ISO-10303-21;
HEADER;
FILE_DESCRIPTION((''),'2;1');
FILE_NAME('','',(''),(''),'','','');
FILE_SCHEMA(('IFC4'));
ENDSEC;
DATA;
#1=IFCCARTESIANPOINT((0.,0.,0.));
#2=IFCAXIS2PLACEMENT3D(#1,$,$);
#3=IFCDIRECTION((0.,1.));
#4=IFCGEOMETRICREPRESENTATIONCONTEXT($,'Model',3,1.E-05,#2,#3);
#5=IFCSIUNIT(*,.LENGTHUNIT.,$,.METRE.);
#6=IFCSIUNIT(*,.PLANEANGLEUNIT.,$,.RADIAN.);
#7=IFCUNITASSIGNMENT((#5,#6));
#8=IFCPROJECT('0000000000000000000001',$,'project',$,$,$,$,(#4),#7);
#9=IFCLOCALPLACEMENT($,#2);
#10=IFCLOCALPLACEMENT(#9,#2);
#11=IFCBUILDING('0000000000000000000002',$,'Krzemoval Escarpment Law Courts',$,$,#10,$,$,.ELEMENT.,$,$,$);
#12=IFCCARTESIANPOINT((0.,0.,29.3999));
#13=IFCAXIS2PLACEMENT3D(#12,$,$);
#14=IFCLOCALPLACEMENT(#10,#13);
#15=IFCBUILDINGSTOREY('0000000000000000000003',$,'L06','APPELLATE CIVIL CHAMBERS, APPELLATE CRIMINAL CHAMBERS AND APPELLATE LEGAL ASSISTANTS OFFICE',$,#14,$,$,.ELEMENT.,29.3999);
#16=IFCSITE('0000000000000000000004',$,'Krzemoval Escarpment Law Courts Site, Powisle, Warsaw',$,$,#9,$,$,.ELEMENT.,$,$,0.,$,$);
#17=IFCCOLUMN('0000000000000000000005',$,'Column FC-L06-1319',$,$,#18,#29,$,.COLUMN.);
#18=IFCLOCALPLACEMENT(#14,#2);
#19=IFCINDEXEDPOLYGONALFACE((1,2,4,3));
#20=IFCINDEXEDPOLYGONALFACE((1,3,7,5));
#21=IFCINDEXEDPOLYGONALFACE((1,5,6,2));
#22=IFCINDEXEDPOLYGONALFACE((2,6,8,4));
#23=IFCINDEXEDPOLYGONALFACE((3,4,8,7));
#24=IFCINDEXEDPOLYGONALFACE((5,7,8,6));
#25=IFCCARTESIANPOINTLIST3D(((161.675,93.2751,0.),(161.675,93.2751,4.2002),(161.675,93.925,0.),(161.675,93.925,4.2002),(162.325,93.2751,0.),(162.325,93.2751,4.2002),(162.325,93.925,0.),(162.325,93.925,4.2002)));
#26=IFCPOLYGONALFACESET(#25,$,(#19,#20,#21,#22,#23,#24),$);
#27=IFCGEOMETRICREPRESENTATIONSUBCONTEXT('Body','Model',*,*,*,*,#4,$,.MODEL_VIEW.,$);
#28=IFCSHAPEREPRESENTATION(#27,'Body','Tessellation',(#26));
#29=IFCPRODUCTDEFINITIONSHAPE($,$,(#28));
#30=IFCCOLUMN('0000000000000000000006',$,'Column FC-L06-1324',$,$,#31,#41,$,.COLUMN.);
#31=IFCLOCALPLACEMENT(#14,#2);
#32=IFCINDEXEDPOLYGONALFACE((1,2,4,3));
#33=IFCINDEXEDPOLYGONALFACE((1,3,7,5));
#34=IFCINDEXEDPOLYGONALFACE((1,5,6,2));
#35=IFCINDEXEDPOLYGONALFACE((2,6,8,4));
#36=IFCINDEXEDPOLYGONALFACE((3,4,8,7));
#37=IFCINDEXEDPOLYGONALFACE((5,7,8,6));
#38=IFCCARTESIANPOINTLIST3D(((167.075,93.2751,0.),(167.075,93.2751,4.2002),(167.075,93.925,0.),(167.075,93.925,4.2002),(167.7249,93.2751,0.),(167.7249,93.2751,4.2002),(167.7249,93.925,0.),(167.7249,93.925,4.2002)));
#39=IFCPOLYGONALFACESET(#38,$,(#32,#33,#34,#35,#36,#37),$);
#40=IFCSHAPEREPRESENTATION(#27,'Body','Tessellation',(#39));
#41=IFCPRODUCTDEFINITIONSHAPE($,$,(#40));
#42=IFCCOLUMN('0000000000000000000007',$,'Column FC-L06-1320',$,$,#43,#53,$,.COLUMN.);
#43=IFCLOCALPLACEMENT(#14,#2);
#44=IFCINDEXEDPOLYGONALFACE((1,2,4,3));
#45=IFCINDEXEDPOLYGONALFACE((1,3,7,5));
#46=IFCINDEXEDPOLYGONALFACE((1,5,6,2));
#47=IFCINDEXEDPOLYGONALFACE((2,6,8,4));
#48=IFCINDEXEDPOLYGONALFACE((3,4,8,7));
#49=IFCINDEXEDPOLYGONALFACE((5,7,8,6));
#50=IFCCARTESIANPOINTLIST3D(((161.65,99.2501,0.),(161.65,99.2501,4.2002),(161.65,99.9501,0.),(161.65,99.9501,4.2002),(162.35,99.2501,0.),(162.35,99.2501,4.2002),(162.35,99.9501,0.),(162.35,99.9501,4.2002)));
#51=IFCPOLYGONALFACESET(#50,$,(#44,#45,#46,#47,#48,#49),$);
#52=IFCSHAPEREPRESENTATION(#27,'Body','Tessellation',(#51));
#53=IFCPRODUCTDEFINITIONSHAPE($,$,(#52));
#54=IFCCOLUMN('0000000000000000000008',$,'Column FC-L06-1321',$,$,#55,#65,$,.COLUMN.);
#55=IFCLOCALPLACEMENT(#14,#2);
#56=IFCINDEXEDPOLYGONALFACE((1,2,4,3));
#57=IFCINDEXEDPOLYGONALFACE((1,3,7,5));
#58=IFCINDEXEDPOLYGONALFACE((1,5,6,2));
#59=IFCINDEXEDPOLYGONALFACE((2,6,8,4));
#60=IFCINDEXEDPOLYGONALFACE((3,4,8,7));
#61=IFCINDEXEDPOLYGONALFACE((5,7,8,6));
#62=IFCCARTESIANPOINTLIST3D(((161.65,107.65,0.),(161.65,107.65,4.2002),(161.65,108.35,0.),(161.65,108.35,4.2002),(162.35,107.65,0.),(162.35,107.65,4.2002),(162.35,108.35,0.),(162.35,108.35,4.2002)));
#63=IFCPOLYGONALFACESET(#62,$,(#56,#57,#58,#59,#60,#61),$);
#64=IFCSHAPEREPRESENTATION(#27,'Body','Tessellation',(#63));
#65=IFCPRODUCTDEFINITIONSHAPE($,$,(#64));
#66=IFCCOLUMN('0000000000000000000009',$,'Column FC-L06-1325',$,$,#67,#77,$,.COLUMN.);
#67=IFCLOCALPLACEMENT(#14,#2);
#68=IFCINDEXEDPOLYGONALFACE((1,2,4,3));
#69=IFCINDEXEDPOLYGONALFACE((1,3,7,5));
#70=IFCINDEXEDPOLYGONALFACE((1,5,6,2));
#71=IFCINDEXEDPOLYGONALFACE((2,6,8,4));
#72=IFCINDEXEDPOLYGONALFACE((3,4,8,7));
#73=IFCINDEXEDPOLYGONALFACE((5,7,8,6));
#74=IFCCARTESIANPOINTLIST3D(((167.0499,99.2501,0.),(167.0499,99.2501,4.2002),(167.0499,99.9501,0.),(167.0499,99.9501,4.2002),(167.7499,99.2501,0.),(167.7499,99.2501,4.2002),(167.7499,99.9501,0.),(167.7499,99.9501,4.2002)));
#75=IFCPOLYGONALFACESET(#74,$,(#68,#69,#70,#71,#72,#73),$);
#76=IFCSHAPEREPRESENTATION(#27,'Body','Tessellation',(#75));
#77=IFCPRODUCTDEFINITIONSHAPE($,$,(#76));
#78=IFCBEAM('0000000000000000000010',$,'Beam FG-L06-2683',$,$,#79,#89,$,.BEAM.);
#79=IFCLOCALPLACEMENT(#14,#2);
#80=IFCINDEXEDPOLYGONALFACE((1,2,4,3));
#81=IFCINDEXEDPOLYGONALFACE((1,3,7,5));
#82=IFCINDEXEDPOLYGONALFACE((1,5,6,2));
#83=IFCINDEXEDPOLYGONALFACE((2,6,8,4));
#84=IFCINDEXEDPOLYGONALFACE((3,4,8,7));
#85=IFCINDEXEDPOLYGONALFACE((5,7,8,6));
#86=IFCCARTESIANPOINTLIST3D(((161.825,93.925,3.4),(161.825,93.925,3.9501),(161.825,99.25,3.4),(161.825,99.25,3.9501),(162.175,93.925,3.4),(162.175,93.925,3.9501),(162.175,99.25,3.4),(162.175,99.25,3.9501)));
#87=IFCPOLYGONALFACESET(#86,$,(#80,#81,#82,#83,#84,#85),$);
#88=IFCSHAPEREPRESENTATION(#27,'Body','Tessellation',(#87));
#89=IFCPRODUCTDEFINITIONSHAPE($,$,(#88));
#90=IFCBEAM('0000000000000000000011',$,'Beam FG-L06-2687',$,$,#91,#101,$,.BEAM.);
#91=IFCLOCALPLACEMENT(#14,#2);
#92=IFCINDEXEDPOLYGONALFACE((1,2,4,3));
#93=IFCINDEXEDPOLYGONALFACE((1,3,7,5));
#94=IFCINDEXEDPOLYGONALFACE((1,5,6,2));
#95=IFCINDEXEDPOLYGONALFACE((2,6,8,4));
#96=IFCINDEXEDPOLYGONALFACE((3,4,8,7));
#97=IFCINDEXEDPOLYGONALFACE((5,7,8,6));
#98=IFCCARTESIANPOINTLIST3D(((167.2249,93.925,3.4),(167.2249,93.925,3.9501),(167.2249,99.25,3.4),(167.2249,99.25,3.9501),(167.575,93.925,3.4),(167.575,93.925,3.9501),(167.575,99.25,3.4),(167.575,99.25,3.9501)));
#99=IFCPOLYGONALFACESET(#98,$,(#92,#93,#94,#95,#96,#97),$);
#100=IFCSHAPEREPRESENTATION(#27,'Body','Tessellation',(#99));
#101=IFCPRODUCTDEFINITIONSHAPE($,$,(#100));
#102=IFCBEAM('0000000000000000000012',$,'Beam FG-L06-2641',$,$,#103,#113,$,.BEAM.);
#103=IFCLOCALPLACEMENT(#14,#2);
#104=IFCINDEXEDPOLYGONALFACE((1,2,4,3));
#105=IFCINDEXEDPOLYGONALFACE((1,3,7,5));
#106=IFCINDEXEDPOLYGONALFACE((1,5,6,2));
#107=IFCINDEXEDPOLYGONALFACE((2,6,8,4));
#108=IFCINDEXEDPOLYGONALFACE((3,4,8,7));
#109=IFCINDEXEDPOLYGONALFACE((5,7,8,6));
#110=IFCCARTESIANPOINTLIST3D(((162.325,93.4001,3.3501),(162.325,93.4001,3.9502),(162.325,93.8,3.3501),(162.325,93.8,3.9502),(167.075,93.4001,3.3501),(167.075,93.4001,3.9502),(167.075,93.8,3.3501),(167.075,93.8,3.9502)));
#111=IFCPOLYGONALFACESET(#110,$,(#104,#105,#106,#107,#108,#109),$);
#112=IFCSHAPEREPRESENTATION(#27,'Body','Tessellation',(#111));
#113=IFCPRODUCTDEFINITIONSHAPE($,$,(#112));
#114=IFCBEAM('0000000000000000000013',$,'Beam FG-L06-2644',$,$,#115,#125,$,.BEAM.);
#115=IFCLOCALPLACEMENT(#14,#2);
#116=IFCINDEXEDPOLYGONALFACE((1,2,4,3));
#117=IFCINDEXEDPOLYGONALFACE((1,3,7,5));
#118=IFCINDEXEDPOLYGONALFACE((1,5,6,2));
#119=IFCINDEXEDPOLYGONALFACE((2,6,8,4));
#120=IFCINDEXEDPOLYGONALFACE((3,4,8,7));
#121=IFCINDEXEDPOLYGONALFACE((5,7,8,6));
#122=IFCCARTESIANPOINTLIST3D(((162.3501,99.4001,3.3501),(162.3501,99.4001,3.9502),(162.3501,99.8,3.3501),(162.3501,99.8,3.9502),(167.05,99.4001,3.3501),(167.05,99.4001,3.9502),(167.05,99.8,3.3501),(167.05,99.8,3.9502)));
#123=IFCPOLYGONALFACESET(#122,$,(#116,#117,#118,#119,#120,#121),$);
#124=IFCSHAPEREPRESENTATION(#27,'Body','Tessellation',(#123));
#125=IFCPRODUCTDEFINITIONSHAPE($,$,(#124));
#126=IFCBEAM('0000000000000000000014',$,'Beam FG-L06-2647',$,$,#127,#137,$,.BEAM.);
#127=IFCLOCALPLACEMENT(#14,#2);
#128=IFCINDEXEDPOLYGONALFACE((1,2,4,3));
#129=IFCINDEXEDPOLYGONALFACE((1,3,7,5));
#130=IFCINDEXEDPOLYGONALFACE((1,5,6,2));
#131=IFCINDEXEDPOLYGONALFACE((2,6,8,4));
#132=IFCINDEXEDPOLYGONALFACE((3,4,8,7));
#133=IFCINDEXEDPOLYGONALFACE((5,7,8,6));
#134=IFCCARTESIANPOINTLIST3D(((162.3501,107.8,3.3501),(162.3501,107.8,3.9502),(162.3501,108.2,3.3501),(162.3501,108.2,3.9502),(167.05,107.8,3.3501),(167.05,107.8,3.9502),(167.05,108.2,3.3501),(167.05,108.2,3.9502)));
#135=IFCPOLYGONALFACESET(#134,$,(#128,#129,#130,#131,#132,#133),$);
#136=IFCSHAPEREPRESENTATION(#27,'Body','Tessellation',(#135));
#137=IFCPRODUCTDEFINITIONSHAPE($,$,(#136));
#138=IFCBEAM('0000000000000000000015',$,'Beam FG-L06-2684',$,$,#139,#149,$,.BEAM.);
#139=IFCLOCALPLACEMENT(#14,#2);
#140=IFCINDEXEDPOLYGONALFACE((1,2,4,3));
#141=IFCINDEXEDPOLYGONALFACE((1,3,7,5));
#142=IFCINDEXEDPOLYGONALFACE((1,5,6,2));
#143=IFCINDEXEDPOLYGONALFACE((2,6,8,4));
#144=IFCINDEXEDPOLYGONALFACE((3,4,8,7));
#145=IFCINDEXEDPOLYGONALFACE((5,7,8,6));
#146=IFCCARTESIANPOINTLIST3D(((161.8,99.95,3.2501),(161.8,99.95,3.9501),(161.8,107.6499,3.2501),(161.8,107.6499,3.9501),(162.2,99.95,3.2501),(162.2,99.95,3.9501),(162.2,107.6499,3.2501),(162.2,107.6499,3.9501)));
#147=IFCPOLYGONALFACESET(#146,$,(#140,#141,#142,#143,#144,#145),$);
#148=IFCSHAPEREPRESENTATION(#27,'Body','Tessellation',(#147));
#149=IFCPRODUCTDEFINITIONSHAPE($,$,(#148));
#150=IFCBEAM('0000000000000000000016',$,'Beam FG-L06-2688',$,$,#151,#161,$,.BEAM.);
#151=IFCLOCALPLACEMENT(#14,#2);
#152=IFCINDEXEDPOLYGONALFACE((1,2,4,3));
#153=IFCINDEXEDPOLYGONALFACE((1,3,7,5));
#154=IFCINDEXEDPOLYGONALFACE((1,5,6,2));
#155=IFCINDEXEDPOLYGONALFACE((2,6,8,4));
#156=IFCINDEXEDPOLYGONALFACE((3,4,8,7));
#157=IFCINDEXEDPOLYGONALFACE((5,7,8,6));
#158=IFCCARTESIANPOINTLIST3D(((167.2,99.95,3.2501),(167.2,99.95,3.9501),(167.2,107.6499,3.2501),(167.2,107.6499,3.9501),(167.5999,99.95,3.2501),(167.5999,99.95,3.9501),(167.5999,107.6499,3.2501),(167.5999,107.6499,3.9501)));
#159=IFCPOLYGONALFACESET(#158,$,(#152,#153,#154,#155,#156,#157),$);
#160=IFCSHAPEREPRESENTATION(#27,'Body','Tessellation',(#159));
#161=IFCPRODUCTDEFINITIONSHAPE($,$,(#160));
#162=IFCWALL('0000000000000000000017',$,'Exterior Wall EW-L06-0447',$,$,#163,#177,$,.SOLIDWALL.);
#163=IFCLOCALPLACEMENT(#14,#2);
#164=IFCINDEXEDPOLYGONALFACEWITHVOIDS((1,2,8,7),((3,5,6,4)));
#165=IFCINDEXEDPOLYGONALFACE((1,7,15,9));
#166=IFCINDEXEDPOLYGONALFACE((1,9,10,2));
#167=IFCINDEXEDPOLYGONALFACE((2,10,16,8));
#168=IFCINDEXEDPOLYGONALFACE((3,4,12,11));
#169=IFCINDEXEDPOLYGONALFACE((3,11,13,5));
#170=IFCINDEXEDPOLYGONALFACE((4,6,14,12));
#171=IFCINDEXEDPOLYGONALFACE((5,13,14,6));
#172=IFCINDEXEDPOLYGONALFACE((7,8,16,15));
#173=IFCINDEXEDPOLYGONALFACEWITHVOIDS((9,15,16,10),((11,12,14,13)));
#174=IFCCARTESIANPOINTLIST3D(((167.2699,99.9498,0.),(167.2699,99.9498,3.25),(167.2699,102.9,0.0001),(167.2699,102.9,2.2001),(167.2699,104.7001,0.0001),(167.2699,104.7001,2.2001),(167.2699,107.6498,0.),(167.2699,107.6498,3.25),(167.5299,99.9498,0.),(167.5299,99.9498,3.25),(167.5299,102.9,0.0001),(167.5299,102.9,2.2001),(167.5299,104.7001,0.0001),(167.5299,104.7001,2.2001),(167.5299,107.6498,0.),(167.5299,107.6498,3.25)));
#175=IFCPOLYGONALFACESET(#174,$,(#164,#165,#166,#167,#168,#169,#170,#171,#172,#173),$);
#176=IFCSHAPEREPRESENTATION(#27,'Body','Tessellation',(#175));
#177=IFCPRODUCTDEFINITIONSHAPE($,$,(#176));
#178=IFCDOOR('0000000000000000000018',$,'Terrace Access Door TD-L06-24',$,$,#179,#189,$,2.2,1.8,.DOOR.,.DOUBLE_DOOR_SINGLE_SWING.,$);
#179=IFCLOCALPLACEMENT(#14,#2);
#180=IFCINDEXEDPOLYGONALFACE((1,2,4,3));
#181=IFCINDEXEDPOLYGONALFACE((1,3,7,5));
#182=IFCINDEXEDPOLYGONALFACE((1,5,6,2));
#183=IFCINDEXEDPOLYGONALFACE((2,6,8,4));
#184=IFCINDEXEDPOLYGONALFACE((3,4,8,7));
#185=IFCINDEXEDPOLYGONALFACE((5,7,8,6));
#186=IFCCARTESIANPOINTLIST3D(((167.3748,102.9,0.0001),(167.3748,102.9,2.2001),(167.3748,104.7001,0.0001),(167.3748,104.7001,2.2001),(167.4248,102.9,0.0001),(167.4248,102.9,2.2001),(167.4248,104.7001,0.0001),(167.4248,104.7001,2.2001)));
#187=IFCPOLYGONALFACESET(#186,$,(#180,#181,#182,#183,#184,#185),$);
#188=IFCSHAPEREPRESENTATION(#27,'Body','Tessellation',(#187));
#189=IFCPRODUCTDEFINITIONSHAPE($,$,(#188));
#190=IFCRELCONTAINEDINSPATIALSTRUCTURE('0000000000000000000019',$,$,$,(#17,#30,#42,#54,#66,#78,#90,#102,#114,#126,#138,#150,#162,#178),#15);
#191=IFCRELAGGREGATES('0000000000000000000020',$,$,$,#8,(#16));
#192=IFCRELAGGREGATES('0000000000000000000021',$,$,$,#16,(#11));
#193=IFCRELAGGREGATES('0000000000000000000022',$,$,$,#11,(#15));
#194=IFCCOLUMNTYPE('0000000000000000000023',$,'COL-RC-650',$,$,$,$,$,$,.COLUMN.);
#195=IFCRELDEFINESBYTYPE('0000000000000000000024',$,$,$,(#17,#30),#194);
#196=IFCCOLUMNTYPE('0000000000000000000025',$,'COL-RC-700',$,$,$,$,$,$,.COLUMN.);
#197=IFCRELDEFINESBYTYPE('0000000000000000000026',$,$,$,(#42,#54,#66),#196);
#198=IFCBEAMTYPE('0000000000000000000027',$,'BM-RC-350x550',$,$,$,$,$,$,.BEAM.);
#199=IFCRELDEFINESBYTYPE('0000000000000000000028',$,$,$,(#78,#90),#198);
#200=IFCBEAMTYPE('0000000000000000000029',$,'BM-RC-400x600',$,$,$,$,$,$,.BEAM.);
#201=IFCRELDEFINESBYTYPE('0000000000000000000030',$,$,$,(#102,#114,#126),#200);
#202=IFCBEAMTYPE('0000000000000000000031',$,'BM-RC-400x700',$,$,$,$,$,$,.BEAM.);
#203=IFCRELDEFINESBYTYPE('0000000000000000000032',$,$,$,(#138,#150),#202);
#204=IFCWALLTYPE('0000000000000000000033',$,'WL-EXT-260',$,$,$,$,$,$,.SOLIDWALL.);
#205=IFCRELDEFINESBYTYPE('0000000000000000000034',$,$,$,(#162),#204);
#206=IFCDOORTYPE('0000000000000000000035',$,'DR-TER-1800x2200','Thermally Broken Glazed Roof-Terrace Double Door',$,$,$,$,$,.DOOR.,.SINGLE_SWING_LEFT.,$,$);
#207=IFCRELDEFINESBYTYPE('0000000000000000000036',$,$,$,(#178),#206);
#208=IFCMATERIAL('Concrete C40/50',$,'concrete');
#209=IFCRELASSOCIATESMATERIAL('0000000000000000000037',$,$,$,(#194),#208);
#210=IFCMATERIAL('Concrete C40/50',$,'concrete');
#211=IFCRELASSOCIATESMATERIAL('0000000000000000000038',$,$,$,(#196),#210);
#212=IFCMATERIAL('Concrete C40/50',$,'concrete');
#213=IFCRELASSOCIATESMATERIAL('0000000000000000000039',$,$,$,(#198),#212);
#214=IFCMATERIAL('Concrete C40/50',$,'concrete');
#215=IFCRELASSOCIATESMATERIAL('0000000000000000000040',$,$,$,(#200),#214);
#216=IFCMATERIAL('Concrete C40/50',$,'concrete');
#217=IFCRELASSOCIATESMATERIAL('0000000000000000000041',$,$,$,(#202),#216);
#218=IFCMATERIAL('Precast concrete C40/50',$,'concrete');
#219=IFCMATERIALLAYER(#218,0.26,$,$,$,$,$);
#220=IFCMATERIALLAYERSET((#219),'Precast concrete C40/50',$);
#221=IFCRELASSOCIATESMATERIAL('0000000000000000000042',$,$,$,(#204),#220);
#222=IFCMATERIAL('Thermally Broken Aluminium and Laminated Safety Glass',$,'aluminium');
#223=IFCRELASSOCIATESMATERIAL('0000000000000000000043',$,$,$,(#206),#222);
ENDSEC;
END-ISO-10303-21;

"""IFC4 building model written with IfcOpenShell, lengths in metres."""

from ifc_helpers import new_model, si_unit, direction, frame, frame_2d, origin, origin_2d, place, context, subcontext, project, spatial, rectangle, extrude, material, layer, layer_set, material_profile, profile_set, type_object, element, fill, save


model = new_model("IFC4")

# Units and contexts
model_context = context("Model", 3, precision=1e-05, world=origin(), true_north=direction((0.0, 1.0)))
body_context = subcontext(model_context, "Body", "Model", "MODEL_VIEW")
ifc_project = project(units=[si_unit("LENGTHUNIT", "METRE"), si_unit("PLANEANGLEUNIT", "RADIAN")], contexts=[model_context])

# Site, building, storey
site_placement = place(None, origin())
site = spatial("IfcSite", under=ifc_project, at=site_placement, Name="Krzemoval Escarpment Law Courts Site, Powisle, Warsaw", CompositionType="ELEMENT", RefElevation=0.0)
building_placement = place(site_placement, origin())
building = spatial("IfcBuilding", under=site, at=building_placement, Name="Krzemoval Escarpment Law Courts", CompositionType="ELEMENT")
storey_placement = place(building_placement, frame((0.0, 0.0, 29.3999)))
storey = spatial("IfcBuildingStorey", under=building, at=storey_placement, Name="L06", Description="APPELLATE CIVIL CHAMBERS, APPELLATE CRIMINAL CHAMBERS AND APPELLATE LEGAL ASSISTANTS OFFICE", CompositionType="ELEMENT", Elevation=29.3999)

# Columns
ifc_material_1 = material(Name="Concrete C40/50", Category="concrete")
ifc_material_profile_1 = material_profile(ifc_material_1, rectangle(XDim=0.6499, YDim=0.6499, at=origin_2d()), Name="RC 650x650")
ifc_profile_set_1 = profile_set([ifc_material_profile_1], Name="Concrete C40/50")
column_type_1 = type_object("IfcColumnType", Name="COL-RC-650", PredefinedType="COLUMN", material=ifc_profile_set_1)
for number, where, z_axis, x_axis, name in (
    (1, (162.0, 93.6001, 0.0), (0.0, 0.0, 1.0), (1.0, 0.0, 0.0), "Column FC-L06-1319"),
    (2, (167.3999, 93.6001, 0.0), (0.0, 0.0, 1.0), (1.0, 0.0, 0.0), "Column FC-L06-1324"),
):
    element("IfcColumn", number, at=place(storey_placement, frame(where, z_axis=z_axis, x_axis=x_axis)), inside=storey, type_object=column_type_1, Name=name, PredefinedType="COLUMN", context=body_context, shape_type="SweptSolid", body=[
        extrude(rectangle(XDim=0.6499, YDim=0.6499, at=origin_2d()), origin(), (0.0, 0.0, 1.0), 4.2002),
    ])
ifc_material_2 = material(Name="Concrete C40/50", Category="concrete")
ifc_material_profile_2 = material_profile(ifc_material_2, rectangle(XDim=0.7, YDim=0.7, at=origin_2d()), Name="RC 700x700")
ifc_profile_set_2 = profile_set([ifc_material_profile_2], Name="Concrete C40/50")
column_type_2 = type_object("IfcColumnType", Name="COL-RC-700", PredefinedType="COLUMN", material=ifc_profile_set_2)
for number, where, z_axis, x_axis, name in (
    (3, (162.0, 99.6001, 0.0), (0.0, 0.0, 1.0), (1.0, 0.0, 0.0), "Column FC-L06-1320"),
    (4, (162.0, 108.0, 0.0), (0.0, 0.0, 1.0), (1.0, 0.0, 0.0), "Column FC-L06-1321"),
    (5, (167.3999, 99.6001, 0.0), (0.0, 0.0, 1.0), (1.0, 0.0, 0.0), "Column FC-L06-1325"),
):
    element("IfcColumn", number, at=place(storey_placement, frame(where, z_axis=z_axis, x_axis=x_axis)), inside=storey, type_object=column_type_2, Name=name, PredefinedType="COLUMN", context=body_context, shape_type="SweptSolid", body=[
        extrude(rectangle(XDim=0.7, YDim=0.7, at=origin_2d()), origin(), (0.0, 0.0, 1.0), 4.2002),
    ])

# Beams
ifc_material_3 = material(Name="Concrete C40/50", Category="concrete")
ifc_material_profile_3 = material_profile(ifc_material_3, rectangle(XDim=0.3501, YDim=0.55, at=origin_2d()), Name="RCB 350x550")
ifc_profile_set_3 = profile_set([ifc_material_profile_3], Name="Concrete C40/50")
beam_type_1 = type_object("IfcBeamType", Name="BM-RC-350x550", PredefinedType="BEAM", material=ifc_profile_set_3)
for number, where, z_axis, x_axis, name in (
    (6, (162.0, 93.925, 3.675), (0.0, 1.0, 0.0), (-1.0, 0.0, 0.0), "Beam FG-L06-2683"),
    (7, (167.3999, 93.925, 3.675), (0.0, 1.0, 0.0), (-1.0, 0.0, 0.0), "Beam FG-L06-2687"),
):
    element("IfcBeam", number, at=place(storey_placement, frame(where, z_axis=z_axis, x_axis=x_axis)), inside=storey, type_object=beam_type_1, Name=name, PredefinedType="BEAM", context=body_context, shape_type="SweptSolid", body=[
        extrude(rectangle(XDim=0.3501, YDim=0.55, at=origin_2d()), origin(), (0.0, 0.0, 1.0), 5.325),
    ])
ifc_material_4 = material(Name="Concrete C40/50", Category="concrete")
ifc_material_profile_4 = material_profile(ifc_material_4, rectangle(XDim=0.3999, YDim=0.6001, at=origin_2d()), Name="RCB 400x600")
ifc_profile_set_4 = profile_set([ifc_material_profile_4], Name="Concrete C40/50")
beam_type_2 = type_object("IfcBeamType", Name="BM-RC-400x600", PredefinedType="BEAM", material=ifc_profile_set_4)
beam_placement = place(storey_placement, frame((162.325, 93.6001, 3.6501), z_axis=(1.0, 0.0, 0.0), x_axis=(0.0, 1.0, 0.0)))
element("IfcBeam", 8, at=beam_placement, inside=storey, type_object=beam_type_2, Name="Beam FG-L06-2641", PredefinedType="BEAM", context=body_context, shape_type="SweptSolid", body=[
    extrude(rectangle(XDim=0.3999, YDim=0.6001, at=origin_2d()), origin(), (0.0, 0.0, 1.0), 4.75),
])
for number, where, z_axis, x_axis, name in (
    (9, (162.3501, 99.6001, 3.6501), (1.0, 0.0, 0.0), (0.0, 1.0, 0.0), "Beam FG-L06-2644"),
    (10, (162.3501, 108.0, 3.6501), (1.0, 0.0, 0.0), (0.0, 1.0, 0.0), "Beam FG-L06-2647"),
):
    element("IfcBeam", number, at=place(storey_placement, frame(where, z_axis=z_axis, x_axis=x_axis)), inside=storey, type_object=beam_type_2, Name=name, PredefinedType="BEAM", context=body_context, shape_type="SweptSolid", body=[
        extrude(rectangle(XDim=0.3999, YDim=0.6001, at=origin_2d()), origin(), (0.0, 0.0, 1.0), 4.7),
    ])
ifc_material_5 = material(Name="Concrete C40/50", Category="concrete")
ifc_material_profile_5 = material_profile(ifc_material_5, rectangle(XDim=0.3999, YDim=0.7, at=origin_2d()), Name="RCB 400x700")
ifc_profile_set_5 = profile_set([ifc_material_profile_5], Name="Concrete C40/50")
beam_type_3 = type_object("IfcBeamType", Name="BM-RC-400x700", PredefinedType="BEAM", material=ifc_profile_set_5)
for number, where, z_axis, x_axis, name in (
    (11, (162.0, 99.95, 3.6001), (0.0, 1.0, 0.0), (-1.0, 0.0, 0.0), "Beam FG-L06-2684"),
    (12, (167.3999, 99.95, 3.6001), (0.0, 1.0, 0.0), (-1.0, 0.0, 0.0), "Beam FG-L06-2688"),
):
    element("IfcBeam", number, at=place(storey_placement, frame(where, z_axis=z_axis, x_axis=x_axis)), inside=storey, type_object=beam_type_3, Name=name, PredefinedType="BEAM", context=body_context, shape_type="SweptSolid", body=[
        extrude(rectangle(XDim=0.3999, YDim=0.7, at=origin_2d()), origin(), (0.0, 0.0, 1.0), 7.7),
    ])

# Wall, opening, door
ifc_material_6 = material(Name="Precast concrete C40/50", Category="concrete")
ifc_layer_1 = layer(ifc_material_6, 0.26)
ifc_layer_set_1 = layer_set([ifc_layer_1], Name="Precast concrete C40/50")
wall_type_1 = type_object("IfcWallType", Name="WL-EXT-260", PredefinedType="SOLIDWALL", material=ifc_layer_set_1)
wall_1_placement = place(storey_placement, frame((167.3999, 107.6499, 0.0), z_axis=(0.0, 0.0, 1.0), x_axis=(0.0, -1.0, 0.0)))
wall_1 = element("IfcWall", 13, at=wall_1_placement, inside=storey, type_object=wall_type_1, Name="Exterior Wall EW-L06-0447", PredefinedType="SOLIDWALL", context=body_context, shape_type="SweptSolid", body=[
    extrude(rectangle(XDim=7.7, YDim=0.26, at=frame_2d((3.8501, 0.0))), origin(), (0.0, 0.0, 1.0), 3.25),
])
opening_1_placement = place(wall_1_placement, frame((2.95, 0.0, 0.0)))
opening_1 = element("IfcOpeningElement", 14, at=opening_1_placement, cuts=wall_1, PredefinedType="OPENING", context=body_context, shape_type="SweptSolid", body=[
    extrude(rectangle(XDim=1.8, YDim=2.2, at=frame_2d((0.8999, 1.1001))), frame((0.0, 0.145, 0.0), z_axis=(0.0, -1.0, 0.0), x_axis=(1.0, 0.0, 0.0)), (0.0, 0.0, 1.0), 0.29),
])
ifc_material_7 = material(Name="Thermally Broken Aluminium and Laminated Safety Glass", Category="aluminium")
door_type = type_object("IfcDoorType", Name="DR-TER-1800x2200", Description="Thermally Broken Glazed Roof-Terrace Double Door", OperationType="SINGLE_SWING_LEFT", PredefinedType="DOOR", material=ifc_material_7)
door_placement = place(opening_1_placement, origin())
door = element("IfcDoor", 15, at=door_placement, inside=storey, type_object=door_type, Name="Terrace Access Door TD-L06-24", OperationType="DOUBLE_DOOR_SINGLE_SWING", OverallHeight=2.2, OverallWidth=1.8, PredefinedType="DOOR", context=body_context, shape_type="SweptSolid", body=[
    extrude(rectangle(XDim=1.8, YDim=2.2, at=frame_2d((0.8999, 1.1001))), frame((0.0, 0.0249, 0.0), z_axis=(0.0, -1.0, 0.0), x_axis=(1.0, 0.0, 0.0)), (0.0, 0.0, 1.0), 0.05),
])
fill(opening_1, door)

save(model, "model.ifc")
